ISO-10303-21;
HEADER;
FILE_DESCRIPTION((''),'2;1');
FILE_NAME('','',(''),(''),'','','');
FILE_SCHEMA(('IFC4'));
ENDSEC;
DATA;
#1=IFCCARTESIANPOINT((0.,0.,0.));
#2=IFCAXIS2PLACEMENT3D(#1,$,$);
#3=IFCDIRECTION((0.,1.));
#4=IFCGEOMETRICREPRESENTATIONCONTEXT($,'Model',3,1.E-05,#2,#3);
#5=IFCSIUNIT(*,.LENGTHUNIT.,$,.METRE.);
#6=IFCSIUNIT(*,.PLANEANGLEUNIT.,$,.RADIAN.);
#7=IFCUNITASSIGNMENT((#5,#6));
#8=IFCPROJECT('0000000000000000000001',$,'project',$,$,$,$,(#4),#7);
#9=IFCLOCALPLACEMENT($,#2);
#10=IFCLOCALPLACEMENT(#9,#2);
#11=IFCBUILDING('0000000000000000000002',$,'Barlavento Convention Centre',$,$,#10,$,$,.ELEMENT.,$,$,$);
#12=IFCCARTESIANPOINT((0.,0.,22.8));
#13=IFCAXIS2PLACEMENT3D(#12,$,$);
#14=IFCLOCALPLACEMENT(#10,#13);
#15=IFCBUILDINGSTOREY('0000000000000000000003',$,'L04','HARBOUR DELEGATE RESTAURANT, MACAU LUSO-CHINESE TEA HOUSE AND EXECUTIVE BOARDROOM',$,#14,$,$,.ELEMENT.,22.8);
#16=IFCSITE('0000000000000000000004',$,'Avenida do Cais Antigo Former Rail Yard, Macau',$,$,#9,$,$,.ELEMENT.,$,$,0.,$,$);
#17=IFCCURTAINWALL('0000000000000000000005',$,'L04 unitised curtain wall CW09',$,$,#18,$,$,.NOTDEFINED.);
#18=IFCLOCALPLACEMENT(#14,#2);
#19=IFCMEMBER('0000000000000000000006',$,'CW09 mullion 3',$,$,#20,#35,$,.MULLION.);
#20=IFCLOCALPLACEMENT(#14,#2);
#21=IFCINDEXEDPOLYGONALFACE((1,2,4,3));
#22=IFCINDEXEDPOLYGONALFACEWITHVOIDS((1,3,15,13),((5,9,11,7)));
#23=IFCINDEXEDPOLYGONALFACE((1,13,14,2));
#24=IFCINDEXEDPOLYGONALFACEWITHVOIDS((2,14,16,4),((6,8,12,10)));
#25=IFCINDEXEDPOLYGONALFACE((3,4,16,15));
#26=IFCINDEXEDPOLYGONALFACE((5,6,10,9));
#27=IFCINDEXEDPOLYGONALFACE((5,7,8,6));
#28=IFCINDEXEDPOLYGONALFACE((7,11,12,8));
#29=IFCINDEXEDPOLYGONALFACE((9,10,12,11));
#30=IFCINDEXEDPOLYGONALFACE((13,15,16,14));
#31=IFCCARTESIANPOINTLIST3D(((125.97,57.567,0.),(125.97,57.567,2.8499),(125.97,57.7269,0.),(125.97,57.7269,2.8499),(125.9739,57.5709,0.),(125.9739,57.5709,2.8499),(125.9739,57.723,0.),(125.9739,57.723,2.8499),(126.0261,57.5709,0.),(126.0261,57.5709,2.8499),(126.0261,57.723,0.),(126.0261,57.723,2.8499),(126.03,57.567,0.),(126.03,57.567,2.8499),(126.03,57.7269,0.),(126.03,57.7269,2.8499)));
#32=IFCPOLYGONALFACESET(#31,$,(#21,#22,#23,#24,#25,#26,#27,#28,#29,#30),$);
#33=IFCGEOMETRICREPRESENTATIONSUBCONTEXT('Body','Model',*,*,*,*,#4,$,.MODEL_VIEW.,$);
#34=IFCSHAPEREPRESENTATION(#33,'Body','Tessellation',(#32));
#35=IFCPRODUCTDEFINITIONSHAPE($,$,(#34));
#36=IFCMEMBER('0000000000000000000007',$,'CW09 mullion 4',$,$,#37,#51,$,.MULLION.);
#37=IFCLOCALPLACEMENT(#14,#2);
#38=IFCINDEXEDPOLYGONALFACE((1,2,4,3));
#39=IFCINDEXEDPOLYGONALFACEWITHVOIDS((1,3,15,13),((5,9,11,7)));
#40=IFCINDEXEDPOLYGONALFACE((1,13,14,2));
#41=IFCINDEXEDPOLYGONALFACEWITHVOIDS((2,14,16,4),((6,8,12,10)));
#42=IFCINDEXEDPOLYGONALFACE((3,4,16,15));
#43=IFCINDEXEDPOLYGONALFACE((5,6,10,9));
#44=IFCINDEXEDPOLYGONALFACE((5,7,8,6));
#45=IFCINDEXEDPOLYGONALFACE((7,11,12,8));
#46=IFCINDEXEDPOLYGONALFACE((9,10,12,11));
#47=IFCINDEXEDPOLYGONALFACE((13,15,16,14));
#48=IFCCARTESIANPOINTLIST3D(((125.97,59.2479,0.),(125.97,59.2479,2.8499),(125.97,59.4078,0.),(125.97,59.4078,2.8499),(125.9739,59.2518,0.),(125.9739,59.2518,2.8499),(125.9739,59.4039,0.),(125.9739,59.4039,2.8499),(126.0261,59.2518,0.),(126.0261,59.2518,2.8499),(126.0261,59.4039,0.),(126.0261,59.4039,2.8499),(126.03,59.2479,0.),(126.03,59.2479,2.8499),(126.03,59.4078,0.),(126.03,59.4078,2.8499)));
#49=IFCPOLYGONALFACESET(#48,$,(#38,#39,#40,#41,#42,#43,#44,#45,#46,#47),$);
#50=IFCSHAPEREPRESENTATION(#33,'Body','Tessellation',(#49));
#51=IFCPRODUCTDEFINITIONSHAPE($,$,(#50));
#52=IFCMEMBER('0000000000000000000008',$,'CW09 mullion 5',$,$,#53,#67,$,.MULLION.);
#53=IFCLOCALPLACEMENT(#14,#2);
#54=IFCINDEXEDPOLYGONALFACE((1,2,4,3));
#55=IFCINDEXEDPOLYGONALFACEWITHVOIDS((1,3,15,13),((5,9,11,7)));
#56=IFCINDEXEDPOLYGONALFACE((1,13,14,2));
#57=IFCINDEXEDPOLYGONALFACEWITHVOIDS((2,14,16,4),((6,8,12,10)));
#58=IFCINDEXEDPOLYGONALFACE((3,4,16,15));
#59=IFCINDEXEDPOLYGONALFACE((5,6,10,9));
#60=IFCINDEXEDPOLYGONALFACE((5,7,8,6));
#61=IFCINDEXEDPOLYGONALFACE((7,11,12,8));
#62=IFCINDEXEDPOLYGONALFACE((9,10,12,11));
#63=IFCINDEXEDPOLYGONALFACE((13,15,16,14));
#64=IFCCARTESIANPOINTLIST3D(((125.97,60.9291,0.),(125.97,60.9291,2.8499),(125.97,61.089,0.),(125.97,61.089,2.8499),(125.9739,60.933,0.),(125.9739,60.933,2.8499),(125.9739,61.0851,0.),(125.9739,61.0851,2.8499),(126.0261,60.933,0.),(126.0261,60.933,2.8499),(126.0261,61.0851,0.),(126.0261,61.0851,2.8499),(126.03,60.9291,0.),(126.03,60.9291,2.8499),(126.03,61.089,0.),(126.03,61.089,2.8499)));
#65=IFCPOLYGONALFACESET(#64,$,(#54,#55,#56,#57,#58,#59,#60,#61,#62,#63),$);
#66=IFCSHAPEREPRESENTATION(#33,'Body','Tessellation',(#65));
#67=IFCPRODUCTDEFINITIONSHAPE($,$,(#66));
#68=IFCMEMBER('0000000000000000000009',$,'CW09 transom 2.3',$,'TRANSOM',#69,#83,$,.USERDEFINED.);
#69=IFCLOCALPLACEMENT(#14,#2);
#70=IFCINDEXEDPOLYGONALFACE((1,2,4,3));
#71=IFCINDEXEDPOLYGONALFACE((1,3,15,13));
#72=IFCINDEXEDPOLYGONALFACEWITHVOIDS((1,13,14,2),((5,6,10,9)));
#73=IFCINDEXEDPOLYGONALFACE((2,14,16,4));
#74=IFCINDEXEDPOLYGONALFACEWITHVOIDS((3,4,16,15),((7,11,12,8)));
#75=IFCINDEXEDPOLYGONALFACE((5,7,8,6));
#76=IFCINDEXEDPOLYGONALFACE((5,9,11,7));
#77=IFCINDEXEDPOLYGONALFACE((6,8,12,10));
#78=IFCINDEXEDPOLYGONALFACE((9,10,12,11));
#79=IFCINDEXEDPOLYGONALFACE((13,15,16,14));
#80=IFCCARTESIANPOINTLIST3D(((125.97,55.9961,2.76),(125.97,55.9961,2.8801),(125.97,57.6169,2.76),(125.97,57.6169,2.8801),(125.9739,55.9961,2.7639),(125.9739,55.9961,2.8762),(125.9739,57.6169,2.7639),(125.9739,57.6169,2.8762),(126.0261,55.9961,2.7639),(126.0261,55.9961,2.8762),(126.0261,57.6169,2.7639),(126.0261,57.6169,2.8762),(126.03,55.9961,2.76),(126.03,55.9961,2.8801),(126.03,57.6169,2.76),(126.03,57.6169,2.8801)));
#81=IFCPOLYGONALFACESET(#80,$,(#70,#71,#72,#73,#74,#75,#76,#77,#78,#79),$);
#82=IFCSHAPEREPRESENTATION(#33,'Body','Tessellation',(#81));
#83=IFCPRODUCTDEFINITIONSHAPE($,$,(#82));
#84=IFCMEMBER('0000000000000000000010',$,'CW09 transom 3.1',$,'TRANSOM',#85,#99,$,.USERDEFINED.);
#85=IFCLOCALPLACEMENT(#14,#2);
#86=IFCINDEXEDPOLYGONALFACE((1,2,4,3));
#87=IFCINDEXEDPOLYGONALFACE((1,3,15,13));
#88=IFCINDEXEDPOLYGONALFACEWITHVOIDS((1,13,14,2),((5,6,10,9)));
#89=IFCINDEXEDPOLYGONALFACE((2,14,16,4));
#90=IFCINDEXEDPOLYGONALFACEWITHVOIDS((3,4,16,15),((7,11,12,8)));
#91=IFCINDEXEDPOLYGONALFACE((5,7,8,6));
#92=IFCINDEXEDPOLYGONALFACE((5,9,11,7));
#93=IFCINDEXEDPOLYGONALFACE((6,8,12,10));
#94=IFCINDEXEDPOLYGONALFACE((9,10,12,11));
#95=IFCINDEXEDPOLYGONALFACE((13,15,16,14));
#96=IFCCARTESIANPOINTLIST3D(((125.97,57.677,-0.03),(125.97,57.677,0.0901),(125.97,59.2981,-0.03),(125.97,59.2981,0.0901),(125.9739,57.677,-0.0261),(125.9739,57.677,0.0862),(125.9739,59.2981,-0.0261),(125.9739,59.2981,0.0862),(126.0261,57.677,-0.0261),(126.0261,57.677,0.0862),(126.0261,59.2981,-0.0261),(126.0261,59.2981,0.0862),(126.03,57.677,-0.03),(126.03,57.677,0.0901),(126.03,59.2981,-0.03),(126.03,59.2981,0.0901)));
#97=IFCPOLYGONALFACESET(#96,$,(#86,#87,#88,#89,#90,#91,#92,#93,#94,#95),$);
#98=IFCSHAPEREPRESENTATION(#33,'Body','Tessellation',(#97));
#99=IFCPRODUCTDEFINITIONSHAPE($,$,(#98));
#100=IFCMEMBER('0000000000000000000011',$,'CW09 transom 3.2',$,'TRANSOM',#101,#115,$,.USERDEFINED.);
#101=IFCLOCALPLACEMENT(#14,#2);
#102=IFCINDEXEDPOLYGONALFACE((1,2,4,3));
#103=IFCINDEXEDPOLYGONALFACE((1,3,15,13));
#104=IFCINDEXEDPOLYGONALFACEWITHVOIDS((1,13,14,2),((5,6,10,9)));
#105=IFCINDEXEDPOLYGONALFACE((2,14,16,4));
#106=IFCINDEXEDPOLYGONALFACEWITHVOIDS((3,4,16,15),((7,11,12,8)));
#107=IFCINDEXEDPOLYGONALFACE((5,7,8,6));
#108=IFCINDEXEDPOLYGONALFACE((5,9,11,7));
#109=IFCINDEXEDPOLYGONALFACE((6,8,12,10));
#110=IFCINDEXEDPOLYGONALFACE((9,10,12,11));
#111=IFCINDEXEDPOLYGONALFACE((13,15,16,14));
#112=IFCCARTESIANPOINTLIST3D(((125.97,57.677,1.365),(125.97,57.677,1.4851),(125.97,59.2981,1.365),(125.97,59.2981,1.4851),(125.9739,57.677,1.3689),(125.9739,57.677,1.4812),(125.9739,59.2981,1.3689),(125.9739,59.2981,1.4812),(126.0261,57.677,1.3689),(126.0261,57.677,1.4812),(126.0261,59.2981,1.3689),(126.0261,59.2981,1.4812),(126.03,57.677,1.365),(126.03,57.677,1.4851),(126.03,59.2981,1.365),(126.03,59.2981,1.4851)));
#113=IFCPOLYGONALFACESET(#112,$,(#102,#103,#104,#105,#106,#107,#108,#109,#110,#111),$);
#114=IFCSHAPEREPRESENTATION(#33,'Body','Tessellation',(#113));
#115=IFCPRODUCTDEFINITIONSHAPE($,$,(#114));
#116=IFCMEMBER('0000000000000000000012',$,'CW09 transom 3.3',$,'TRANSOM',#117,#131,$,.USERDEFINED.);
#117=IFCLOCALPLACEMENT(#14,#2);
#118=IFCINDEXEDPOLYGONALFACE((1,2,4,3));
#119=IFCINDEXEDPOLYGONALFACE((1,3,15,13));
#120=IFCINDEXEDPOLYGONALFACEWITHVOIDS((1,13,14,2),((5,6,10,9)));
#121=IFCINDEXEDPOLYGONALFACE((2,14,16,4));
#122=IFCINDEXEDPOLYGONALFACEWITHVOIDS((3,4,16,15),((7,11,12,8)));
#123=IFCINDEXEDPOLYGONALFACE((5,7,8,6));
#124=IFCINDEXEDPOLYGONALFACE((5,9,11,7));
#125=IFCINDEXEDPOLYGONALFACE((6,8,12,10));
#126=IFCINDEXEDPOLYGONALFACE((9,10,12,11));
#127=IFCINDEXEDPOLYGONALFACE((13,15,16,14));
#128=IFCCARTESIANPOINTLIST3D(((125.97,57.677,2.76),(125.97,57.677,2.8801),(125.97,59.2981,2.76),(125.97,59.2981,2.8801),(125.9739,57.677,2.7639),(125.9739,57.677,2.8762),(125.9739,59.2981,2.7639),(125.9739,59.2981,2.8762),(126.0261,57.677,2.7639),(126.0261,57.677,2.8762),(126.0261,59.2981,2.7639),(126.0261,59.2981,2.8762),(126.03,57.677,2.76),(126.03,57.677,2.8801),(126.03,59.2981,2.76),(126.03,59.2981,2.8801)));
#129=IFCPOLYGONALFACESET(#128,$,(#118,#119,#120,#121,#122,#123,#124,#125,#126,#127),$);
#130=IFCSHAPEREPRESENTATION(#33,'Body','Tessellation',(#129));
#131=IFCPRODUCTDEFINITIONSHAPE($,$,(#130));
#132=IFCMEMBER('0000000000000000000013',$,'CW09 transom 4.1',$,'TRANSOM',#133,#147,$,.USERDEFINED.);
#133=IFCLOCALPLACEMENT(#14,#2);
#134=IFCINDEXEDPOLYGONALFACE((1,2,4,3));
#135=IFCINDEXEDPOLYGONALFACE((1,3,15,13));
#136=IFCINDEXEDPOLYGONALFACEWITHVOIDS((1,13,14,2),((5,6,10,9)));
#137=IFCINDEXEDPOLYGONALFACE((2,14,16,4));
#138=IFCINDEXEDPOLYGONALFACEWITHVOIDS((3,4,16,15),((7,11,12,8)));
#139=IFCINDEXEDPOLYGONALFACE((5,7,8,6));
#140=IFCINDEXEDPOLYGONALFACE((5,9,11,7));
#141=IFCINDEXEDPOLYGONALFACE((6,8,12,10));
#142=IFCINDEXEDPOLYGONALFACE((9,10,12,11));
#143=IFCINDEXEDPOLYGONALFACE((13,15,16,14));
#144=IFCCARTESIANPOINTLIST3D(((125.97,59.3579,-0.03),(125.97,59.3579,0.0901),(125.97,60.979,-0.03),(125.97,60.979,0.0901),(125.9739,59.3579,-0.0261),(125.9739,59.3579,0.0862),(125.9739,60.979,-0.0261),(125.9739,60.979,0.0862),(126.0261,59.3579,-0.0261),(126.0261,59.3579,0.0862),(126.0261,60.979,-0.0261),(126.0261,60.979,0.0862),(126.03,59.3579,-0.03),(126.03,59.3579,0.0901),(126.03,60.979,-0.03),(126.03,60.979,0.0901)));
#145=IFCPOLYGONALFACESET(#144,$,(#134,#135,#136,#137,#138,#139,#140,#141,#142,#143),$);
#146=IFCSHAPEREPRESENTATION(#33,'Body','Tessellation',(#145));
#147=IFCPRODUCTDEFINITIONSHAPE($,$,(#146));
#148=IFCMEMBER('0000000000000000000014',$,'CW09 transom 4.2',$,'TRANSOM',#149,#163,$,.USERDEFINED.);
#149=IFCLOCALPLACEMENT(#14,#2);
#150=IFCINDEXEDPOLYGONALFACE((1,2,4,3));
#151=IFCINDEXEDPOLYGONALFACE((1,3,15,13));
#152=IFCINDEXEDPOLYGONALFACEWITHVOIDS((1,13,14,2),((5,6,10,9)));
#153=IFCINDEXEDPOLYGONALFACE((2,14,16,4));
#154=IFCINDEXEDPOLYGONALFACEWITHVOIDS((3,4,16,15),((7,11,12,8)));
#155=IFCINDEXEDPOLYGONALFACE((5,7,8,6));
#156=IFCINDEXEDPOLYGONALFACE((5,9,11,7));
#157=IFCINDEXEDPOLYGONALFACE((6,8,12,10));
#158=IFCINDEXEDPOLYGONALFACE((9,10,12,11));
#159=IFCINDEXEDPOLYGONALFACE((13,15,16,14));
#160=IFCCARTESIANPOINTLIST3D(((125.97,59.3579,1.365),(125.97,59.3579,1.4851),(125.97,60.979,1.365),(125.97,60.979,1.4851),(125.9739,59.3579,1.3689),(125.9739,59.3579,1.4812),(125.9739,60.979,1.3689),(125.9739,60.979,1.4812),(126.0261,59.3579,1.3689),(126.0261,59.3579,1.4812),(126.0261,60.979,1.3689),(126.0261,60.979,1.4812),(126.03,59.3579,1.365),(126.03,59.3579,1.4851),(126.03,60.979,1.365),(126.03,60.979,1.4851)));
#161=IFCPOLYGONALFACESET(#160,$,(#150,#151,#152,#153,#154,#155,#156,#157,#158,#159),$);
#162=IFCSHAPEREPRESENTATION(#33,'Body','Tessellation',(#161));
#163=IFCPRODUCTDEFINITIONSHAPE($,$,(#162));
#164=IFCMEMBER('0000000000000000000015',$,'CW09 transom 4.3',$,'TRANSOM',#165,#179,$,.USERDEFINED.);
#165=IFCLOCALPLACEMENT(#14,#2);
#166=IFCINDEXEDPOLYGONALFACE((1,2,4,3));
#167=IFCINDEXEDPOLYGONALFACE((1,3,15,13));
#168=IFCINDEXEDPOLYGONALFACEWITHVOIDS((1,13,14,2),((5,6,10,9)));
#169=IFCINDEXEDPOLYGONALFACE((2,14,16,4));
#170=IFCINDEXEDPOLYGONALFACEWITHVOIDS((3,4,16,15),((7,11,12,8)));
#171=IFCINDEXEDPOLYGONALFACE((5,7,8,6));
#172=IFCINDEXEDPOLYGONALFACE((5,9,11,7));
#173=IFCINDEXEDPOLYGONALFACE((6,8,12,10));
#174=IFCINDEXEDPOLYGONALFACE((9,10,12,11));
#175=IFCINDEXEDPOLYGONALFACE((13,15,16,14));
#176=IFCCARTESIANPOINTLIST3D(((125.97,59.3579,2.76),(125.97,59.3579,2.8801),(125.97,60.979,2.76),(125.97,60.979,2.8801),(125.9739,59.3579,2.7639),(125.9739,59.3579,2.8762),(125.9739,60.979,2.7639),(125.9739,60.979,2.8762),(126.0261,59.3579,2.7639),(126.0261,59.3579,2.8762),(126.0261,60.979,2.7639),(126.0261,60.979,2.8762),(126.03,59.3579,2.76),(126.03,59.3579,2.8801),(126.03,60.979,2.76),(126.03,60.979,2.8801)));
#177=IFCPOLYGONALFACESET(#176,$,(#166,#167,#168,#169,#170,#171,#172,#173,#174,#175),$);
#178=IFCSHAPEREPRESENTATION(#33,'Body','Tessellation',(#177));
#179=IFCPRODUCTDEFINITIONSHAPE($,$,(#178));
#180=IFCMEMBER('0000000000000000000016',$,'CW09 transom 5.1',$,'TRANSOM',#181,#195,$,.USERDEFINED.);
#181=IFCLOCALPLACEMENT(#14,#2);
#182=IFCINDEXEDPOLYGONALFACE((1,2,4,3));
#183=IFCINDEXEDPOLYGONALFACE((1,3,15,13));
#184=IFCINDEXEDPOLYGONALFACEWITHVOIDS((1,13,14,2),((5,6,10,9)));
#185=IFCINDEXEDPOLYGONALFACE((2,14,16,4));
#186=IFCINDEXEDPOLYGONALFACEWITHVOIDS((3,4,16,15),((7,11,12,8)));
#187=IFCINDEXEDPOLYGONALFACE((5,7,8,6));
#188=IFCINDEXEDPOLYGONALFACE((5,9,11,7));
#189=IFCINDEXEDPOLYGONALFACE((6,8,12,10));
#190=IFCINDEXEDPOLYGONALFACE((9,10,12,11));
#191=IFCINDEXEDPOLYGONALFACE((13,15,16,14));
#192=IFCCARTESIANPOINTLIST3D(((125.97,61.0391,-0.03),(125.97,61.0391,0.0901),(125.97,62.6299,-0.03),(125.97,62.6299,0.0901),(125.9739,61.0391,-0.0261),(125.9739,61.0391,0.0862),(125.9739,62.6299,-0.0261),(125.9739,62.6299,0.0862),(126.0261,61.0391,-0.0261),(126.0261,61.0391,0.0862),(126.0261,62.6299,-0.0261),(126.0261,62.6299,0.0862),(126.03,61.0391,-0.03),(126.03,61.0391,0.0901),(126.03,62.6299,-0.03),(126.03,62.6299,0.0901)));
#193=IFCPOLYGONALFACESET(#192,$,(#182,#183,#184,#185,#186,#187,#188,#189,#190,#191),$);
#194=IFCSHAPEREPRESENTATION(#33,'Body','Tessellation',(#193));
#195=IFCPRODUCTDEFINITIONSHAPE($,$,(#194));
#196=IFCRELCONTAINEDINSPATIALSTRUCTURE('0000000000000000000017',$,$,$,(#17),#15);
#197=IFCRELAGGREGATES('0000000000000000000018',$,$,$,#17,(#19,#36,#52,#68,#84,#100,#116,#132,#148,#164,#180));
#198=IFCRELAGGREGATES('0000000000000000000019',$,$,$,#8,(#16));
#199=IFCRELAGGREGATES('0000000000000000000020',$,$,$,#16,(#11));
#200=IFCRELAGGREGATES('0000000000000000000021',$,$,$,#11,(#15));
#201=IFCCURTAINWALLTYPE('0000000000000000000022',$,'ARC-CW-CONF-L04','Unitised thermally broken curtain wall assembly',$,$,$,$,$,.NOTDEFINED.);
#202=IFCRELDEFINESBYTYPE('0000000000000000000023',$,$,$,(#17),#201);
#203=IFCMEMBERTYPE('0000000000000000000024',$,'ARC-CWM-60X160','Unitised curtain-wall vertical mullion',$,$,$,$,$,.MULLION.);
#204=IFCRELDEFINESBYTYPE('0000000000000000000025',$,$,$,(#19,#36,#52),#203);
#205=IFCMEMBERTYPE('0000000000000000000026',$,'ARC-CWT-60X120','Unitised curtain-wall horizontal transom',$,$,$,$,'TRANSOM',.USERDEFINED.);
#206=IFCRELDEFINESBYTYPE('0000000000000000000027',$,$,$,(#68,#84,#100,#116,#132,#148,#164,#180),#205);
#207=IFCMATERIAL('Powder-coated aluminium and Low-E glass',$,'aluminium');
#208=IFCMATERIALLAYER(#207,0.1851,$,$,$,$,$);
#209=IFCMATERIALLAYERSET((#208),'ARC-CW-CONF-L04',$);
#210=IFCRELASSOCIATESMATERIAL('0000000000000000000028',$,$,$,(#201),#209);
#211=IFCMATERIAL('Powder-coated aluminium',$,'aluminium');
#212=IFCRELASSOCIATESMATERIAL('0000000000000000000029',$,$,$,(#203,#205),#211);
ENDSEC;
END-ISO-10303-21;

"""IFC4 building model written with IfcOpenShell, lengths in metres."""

from ifc_helpers import new_model, si_unit, direction, frame, origin, origin_2d, place, context, subcontext, project, spatial, hollow_rectangle, extrude, material, layer, layer_set, material_profile, profile_set, type_object, element, aggregate, save


model = new_model("IFC4")

# Units and contexts
model_context = context("Model", 3, precision=1e-05, world=origin(), true_north=direction((0.0, 1.0)))
body_context = subcontext(model_context, "Body", "Model", "MODEL_VIEW")
ifc_project = project(units=[si_unit("LENGTHUNIT", "METRE"), si_unit("PLANEANGLEUNIT", "RADIAN")], contexts=[model_context])

# Site, building, storey
site_placement = place(None, origin())
site = spatial("IfcSite", under=ifc_project, at=site_placement, Name="Avenida do Cais Antigo Former Rail Yard, Macau", CompositionType="ELEMENT", RefElevation=0.0)
building_placement = place(site_placement, origin())
building = spatial("IfcBuilding", under=site, at=building_placement, Name="Barlavento Convention Centre", CompositionType="ELEMENT")
storey_placement = place(building_placement, frame((0.0, 0.0, 22.8)))
storey = spatial("IfcBuildingStorey", under=building, at=storey_placement, Name="L04", Description="HARBOUR DELEGATE RESTAURANT, MACAU LUSO-CHINESE TEA HOUSE AND EXECUTIVE BOARDROOM", CompositionType="ELEMENT", Elevation=22.8)

# Curtain wall, members
ifc_material_1 = material(Name="Powder-coated aluminium and Low-E glass", Category="aluminium")
ifc_layer_1 = layer(ifc_material_1, 0.1851)
ifc_layer_set_1 = layer_set([ifc_layer_1], Name="ARC-CW-CONF-L04")
curtain_wall_type = type_object("IfcCurtainWallType", Name="ARC-CW-CONF-L04", Description="Unitised thermally broken curtain wall assembly", PredefinedType="NOTDEFINED", material=ifc_layer_set_1)
curtain_wall_placement = place(storey_placement, origin())
curtain_wall = element("IfcCurtainWall", 1, at=curtain_wall_placement, inside=storey, type_object=curtain_wall_type, Name="L04 unitised curtain wall CW09", PredefinedType="NOTDEFINED")
ifc_material_2 = material(Name="Powder-coated aluminium", Category="aluminium")
ifc_material_profile_1 = material_profile(ifc_material_2, hollow_rectangle(XDim=0.0601, YDim=0.1599, WallThickness=0.0039, at=origin_2d()), Name="AL-MULL 60x160x4")
ifc_profile_set_1 = profile_set([ifc_material_profile_1], Name="Powder-coated aluminium")
member_type_1 = type_object("IfcMemberType", Name="ARC-CWM-60X160", Description="Unitised curtain-wall vertical mullion", PredefinedType="MULLION", material=ifc_profile_set_1)
member_1_placement = place(storey_placement, frame((126.0, 57.647, 0.0), z_axis=(0.0, 0.0, 1.0), x_axis=(-1.0, 0.0, 0.0)))
member_1 = element("IfcMember", 2, at=member_1_placement, type_object=member_type_1, Name="CW09 mullion 3", PredefinedType="MULLION", context=body_context, shape_type="SweptSolid", body=[
    extrude(hollow_rectangle(XDim=0.0601, YDim=0.1599, WallThickness=0.0039, at=origin_2d()), origin(), (0.0, 0.0, 1.0), 2.8499),
])
member_2_placement = place(storey_placement, frame((126.0, 59.3279, 0.0), z_axis=(0.0, 0.0, 1.0), x_axis=(-1.0, 0.0, 0.0)))
member_2 = element("IfcMember", 3, at=member_2_placement, type_object=member_type_1, Name="CW09 mullion 4", PredefinedType="MULLION", context=body_context, shape_type="SweptSolid", body=[
    extrude(hollow_rectangle(XDim=0.0601, YDim=0.1599, WallThickness=0.0039, at=origin_2d()), origin(), (0.0, 0.0, 1.0), 2.8499),
])
member_3_placement = place(storey_placement, frame((126.0, 61.009, 0.0), z_axis=(0.0, 0.0, 1.0), x_axis=(-1.0, 0.0, 0.0)))
member_3 = element("IfcMember", 4, at=member_3_placement, type_object=member_type_1, Name="CW09 mullion 5", PredefinedType="MULLION", context=body_context, shape_type="SweptSolid", body=[
    extrude(hollow_rectangle(XDim=0.0601, YDim=0.1599, WallThickness=0.0039, at=origin_2d()), origin(), (0.0, 0.0, 1.0), 2.8499),
])
ifc_material_profile_2 = material_profile(ifc_material_2, hollow_rectangle(XDim=0.0601, YDim=0.1201, WallThickness=0.0039, at=origin_2d()), Name="AL-TRAN 60x120x4")
ifc_profile_set_2 = profile_set([ifc_material_profile_2], Name="Powder-coated aluminium")
member_type_2 = type_object("IfcMemberType", Name="ARC-CWT-60X120", Description="Unitised curtain-wall horizontal transom", ElementType="TRANSOM", PredefinedType="USERDEFINED", material=ifc_profile_set_2)
member_4_placement = place(storey_placement, frame((126.0, 55.9961, 2.8201), z_axis=(0.0, 1.0, 0.0), x_axis=(-1.0, 0.0, 0.0)))
member_4 = element("IfcMember", 5, at=member_4_placement, type_object=member_type_2, Name="CW09 transom 2.3", ObjectType="TRANSOM", PredefinedType="USERDEFINED", context=body_context, shape_type="SweptSolid", body=[
    extrude(hollow_rectangle(XDim=0.0601, YDim=0.1201, WallThickness=0.0039, at=origin_2d()), origin(), (0.0, 0.0, 1.0), 1.6208),
])
member_5_placement = place(storey_placement, frame((126.0, 57.677, 0.03), z_axis=(0.0, 1.0, 0.0), x_axis=(-1.0, 0.0, 0.0)))
member_5 = element("IfcMember", 6, at=member_5_placement, type_object=member_type_2, Name="CW09 transom 3.1", ObjectType="TRANSOM", PredefinedType="USERDEFINED", context=body_context, shape_type="SweptSolid", body=[
    extrude(hollow_rectangle(XDim=0.0601, YDim=0.1201, WallThickness=0.0039, at=origin_2d()), origin(), (0.0, 0.0, 1.0), 1.6211),
])
member_6_placement = place(storey_placement, frame((126.0, 57.677, 1.425), z_axis=(0.0, 1.0, 0.0), x_axis=(-1.0, 0.0, 0.0)))
member_6 = element("IfcMember", 7, at=member_6_placement, type_object=member_type_2, Name="CW09 transom 3.2", ObjectType="TRANSOM", PredefinedType="USERDEFINED", context=body_context, shape_type="SweptSolid", body=[
    extrude(hollow_rectangle(XDim=0.0601, YDim=0.1201, WallThickness=0.0039, at=origin_2d()), origin(), (0.0, 0.0, 1.0), 1.6211),
])
member_7_placement = place(storey_placement, frame((126.0, 57.677, 2.8201), z_axis=(0.0, 1.0, 0.0), x_axis=(-1.0, 0.0, 0.0)))
member_7 = element("IfcMember", 8, at=member_7_placement, type_object=member_type_2, Name="CW09 transom 3.3", ObjectType="TRANSOM", PredefinedType="USERDEFINED", context=body_context, shape_type="SweptSolid", body=[
    extrude(hollow_rectangle(XDim=0.0601, YDim=0.1201, WallThickness=0.0039, at=origin_2d()), origin(), (0.0, 0.0, 1.0), 1.6211),
])
member_8_placement = place(storey_placement, frame((126.0, 59.3579, 0.03), z_axis=(0.0, 1.0, 0.0), x_axis=(-1.0, 0.0, 0.0)))
member_8 = element("IfcMember", 9, at=member_8_placement, type_object=member_type_2, Name="CW09 transom 4.1", ObjectType="TRANSOM", PredefinedType="USERDEFINED", context=body_context, shape_type="SweptSolid", body=[
    extrude(hollow_rectangle(XDim=0.0601, YDim=0.1201, WallThickness=0.0039, at=origin_2d()), origin(), (0.0, 0.0, 1.0), 1.6211),
])
member_9_placement = place(storey_placement, frame((126.0, 59.3579, 1.425), z_axis=(0.0, 1.0, 0.0), x_axis=(-1.0, 0.0, 0.0)))
member_9 = element("IfcMember", 10, at=member_9_placement, type_object=member_type_2, Name="CW09 transom 4.2", ObjectType="TRANSOM", PredefinedType="USERDEFINED", context=body_context, shape_type="SweptSolid", body=[
    extrude(hollow_rectangle(XDim=0.0601, YDim=0.1201, WallThickness=0.0039, at=origin_2d()), origin(), (0.0, 0.0, 1.0), 1.6211),
])
member_10_placement = place(storey_placement, frame((126.0, 59.3579, 2.8201), z_axis=(0.0, 1.0, 0.0), x_axis=(-1.0, 0.0, 0.0)))
member_10 = element("IfcMember", 11, at=member_10_placement, type_object=member_type_2, Name="CW09 transom 4.3", ObjectType="TRANSOM", PredefinedType="USERDEFINED", context=body_context, shape_type="SweptSolid", body=[
    extrude(hollow_rectangle(XDim=0.0601, YDim=0.1201, WallThickness=0.0039, at=origin_2d()), origin(), (0.0, 0.0, 1.0), 1.6211),
])
member_11_placement = place(storey_placement, frame((126.0, 61.0391, 0.03), z_axis=(0.0, 1.0, 0.0), x_axis=(-1.0, 0.0, 0.0)))
member_11 = element("IfcMember", 12, at=member_11_placement, type_object=member_type_2, Name="CW09 transom 5.1", ObjectType="TRANSOM", PredefinedType="USERDEFINED", context=body_context, shape_type="SweptSolid", body=[
    extrude(hollow_rectangle(XDim=0.0601, YDim=0.1201, WallThickness=0.0039, at=origin_2d()), origin(), (0.0, 0.0, 1.0), 1.5908),
])
aggregate(curtain_wall, [member_1, member_2, member_3, member_4, member_5, member_6, member_7, member_8, member_9, member_10, member_11])

save(model, "model.ifc")
